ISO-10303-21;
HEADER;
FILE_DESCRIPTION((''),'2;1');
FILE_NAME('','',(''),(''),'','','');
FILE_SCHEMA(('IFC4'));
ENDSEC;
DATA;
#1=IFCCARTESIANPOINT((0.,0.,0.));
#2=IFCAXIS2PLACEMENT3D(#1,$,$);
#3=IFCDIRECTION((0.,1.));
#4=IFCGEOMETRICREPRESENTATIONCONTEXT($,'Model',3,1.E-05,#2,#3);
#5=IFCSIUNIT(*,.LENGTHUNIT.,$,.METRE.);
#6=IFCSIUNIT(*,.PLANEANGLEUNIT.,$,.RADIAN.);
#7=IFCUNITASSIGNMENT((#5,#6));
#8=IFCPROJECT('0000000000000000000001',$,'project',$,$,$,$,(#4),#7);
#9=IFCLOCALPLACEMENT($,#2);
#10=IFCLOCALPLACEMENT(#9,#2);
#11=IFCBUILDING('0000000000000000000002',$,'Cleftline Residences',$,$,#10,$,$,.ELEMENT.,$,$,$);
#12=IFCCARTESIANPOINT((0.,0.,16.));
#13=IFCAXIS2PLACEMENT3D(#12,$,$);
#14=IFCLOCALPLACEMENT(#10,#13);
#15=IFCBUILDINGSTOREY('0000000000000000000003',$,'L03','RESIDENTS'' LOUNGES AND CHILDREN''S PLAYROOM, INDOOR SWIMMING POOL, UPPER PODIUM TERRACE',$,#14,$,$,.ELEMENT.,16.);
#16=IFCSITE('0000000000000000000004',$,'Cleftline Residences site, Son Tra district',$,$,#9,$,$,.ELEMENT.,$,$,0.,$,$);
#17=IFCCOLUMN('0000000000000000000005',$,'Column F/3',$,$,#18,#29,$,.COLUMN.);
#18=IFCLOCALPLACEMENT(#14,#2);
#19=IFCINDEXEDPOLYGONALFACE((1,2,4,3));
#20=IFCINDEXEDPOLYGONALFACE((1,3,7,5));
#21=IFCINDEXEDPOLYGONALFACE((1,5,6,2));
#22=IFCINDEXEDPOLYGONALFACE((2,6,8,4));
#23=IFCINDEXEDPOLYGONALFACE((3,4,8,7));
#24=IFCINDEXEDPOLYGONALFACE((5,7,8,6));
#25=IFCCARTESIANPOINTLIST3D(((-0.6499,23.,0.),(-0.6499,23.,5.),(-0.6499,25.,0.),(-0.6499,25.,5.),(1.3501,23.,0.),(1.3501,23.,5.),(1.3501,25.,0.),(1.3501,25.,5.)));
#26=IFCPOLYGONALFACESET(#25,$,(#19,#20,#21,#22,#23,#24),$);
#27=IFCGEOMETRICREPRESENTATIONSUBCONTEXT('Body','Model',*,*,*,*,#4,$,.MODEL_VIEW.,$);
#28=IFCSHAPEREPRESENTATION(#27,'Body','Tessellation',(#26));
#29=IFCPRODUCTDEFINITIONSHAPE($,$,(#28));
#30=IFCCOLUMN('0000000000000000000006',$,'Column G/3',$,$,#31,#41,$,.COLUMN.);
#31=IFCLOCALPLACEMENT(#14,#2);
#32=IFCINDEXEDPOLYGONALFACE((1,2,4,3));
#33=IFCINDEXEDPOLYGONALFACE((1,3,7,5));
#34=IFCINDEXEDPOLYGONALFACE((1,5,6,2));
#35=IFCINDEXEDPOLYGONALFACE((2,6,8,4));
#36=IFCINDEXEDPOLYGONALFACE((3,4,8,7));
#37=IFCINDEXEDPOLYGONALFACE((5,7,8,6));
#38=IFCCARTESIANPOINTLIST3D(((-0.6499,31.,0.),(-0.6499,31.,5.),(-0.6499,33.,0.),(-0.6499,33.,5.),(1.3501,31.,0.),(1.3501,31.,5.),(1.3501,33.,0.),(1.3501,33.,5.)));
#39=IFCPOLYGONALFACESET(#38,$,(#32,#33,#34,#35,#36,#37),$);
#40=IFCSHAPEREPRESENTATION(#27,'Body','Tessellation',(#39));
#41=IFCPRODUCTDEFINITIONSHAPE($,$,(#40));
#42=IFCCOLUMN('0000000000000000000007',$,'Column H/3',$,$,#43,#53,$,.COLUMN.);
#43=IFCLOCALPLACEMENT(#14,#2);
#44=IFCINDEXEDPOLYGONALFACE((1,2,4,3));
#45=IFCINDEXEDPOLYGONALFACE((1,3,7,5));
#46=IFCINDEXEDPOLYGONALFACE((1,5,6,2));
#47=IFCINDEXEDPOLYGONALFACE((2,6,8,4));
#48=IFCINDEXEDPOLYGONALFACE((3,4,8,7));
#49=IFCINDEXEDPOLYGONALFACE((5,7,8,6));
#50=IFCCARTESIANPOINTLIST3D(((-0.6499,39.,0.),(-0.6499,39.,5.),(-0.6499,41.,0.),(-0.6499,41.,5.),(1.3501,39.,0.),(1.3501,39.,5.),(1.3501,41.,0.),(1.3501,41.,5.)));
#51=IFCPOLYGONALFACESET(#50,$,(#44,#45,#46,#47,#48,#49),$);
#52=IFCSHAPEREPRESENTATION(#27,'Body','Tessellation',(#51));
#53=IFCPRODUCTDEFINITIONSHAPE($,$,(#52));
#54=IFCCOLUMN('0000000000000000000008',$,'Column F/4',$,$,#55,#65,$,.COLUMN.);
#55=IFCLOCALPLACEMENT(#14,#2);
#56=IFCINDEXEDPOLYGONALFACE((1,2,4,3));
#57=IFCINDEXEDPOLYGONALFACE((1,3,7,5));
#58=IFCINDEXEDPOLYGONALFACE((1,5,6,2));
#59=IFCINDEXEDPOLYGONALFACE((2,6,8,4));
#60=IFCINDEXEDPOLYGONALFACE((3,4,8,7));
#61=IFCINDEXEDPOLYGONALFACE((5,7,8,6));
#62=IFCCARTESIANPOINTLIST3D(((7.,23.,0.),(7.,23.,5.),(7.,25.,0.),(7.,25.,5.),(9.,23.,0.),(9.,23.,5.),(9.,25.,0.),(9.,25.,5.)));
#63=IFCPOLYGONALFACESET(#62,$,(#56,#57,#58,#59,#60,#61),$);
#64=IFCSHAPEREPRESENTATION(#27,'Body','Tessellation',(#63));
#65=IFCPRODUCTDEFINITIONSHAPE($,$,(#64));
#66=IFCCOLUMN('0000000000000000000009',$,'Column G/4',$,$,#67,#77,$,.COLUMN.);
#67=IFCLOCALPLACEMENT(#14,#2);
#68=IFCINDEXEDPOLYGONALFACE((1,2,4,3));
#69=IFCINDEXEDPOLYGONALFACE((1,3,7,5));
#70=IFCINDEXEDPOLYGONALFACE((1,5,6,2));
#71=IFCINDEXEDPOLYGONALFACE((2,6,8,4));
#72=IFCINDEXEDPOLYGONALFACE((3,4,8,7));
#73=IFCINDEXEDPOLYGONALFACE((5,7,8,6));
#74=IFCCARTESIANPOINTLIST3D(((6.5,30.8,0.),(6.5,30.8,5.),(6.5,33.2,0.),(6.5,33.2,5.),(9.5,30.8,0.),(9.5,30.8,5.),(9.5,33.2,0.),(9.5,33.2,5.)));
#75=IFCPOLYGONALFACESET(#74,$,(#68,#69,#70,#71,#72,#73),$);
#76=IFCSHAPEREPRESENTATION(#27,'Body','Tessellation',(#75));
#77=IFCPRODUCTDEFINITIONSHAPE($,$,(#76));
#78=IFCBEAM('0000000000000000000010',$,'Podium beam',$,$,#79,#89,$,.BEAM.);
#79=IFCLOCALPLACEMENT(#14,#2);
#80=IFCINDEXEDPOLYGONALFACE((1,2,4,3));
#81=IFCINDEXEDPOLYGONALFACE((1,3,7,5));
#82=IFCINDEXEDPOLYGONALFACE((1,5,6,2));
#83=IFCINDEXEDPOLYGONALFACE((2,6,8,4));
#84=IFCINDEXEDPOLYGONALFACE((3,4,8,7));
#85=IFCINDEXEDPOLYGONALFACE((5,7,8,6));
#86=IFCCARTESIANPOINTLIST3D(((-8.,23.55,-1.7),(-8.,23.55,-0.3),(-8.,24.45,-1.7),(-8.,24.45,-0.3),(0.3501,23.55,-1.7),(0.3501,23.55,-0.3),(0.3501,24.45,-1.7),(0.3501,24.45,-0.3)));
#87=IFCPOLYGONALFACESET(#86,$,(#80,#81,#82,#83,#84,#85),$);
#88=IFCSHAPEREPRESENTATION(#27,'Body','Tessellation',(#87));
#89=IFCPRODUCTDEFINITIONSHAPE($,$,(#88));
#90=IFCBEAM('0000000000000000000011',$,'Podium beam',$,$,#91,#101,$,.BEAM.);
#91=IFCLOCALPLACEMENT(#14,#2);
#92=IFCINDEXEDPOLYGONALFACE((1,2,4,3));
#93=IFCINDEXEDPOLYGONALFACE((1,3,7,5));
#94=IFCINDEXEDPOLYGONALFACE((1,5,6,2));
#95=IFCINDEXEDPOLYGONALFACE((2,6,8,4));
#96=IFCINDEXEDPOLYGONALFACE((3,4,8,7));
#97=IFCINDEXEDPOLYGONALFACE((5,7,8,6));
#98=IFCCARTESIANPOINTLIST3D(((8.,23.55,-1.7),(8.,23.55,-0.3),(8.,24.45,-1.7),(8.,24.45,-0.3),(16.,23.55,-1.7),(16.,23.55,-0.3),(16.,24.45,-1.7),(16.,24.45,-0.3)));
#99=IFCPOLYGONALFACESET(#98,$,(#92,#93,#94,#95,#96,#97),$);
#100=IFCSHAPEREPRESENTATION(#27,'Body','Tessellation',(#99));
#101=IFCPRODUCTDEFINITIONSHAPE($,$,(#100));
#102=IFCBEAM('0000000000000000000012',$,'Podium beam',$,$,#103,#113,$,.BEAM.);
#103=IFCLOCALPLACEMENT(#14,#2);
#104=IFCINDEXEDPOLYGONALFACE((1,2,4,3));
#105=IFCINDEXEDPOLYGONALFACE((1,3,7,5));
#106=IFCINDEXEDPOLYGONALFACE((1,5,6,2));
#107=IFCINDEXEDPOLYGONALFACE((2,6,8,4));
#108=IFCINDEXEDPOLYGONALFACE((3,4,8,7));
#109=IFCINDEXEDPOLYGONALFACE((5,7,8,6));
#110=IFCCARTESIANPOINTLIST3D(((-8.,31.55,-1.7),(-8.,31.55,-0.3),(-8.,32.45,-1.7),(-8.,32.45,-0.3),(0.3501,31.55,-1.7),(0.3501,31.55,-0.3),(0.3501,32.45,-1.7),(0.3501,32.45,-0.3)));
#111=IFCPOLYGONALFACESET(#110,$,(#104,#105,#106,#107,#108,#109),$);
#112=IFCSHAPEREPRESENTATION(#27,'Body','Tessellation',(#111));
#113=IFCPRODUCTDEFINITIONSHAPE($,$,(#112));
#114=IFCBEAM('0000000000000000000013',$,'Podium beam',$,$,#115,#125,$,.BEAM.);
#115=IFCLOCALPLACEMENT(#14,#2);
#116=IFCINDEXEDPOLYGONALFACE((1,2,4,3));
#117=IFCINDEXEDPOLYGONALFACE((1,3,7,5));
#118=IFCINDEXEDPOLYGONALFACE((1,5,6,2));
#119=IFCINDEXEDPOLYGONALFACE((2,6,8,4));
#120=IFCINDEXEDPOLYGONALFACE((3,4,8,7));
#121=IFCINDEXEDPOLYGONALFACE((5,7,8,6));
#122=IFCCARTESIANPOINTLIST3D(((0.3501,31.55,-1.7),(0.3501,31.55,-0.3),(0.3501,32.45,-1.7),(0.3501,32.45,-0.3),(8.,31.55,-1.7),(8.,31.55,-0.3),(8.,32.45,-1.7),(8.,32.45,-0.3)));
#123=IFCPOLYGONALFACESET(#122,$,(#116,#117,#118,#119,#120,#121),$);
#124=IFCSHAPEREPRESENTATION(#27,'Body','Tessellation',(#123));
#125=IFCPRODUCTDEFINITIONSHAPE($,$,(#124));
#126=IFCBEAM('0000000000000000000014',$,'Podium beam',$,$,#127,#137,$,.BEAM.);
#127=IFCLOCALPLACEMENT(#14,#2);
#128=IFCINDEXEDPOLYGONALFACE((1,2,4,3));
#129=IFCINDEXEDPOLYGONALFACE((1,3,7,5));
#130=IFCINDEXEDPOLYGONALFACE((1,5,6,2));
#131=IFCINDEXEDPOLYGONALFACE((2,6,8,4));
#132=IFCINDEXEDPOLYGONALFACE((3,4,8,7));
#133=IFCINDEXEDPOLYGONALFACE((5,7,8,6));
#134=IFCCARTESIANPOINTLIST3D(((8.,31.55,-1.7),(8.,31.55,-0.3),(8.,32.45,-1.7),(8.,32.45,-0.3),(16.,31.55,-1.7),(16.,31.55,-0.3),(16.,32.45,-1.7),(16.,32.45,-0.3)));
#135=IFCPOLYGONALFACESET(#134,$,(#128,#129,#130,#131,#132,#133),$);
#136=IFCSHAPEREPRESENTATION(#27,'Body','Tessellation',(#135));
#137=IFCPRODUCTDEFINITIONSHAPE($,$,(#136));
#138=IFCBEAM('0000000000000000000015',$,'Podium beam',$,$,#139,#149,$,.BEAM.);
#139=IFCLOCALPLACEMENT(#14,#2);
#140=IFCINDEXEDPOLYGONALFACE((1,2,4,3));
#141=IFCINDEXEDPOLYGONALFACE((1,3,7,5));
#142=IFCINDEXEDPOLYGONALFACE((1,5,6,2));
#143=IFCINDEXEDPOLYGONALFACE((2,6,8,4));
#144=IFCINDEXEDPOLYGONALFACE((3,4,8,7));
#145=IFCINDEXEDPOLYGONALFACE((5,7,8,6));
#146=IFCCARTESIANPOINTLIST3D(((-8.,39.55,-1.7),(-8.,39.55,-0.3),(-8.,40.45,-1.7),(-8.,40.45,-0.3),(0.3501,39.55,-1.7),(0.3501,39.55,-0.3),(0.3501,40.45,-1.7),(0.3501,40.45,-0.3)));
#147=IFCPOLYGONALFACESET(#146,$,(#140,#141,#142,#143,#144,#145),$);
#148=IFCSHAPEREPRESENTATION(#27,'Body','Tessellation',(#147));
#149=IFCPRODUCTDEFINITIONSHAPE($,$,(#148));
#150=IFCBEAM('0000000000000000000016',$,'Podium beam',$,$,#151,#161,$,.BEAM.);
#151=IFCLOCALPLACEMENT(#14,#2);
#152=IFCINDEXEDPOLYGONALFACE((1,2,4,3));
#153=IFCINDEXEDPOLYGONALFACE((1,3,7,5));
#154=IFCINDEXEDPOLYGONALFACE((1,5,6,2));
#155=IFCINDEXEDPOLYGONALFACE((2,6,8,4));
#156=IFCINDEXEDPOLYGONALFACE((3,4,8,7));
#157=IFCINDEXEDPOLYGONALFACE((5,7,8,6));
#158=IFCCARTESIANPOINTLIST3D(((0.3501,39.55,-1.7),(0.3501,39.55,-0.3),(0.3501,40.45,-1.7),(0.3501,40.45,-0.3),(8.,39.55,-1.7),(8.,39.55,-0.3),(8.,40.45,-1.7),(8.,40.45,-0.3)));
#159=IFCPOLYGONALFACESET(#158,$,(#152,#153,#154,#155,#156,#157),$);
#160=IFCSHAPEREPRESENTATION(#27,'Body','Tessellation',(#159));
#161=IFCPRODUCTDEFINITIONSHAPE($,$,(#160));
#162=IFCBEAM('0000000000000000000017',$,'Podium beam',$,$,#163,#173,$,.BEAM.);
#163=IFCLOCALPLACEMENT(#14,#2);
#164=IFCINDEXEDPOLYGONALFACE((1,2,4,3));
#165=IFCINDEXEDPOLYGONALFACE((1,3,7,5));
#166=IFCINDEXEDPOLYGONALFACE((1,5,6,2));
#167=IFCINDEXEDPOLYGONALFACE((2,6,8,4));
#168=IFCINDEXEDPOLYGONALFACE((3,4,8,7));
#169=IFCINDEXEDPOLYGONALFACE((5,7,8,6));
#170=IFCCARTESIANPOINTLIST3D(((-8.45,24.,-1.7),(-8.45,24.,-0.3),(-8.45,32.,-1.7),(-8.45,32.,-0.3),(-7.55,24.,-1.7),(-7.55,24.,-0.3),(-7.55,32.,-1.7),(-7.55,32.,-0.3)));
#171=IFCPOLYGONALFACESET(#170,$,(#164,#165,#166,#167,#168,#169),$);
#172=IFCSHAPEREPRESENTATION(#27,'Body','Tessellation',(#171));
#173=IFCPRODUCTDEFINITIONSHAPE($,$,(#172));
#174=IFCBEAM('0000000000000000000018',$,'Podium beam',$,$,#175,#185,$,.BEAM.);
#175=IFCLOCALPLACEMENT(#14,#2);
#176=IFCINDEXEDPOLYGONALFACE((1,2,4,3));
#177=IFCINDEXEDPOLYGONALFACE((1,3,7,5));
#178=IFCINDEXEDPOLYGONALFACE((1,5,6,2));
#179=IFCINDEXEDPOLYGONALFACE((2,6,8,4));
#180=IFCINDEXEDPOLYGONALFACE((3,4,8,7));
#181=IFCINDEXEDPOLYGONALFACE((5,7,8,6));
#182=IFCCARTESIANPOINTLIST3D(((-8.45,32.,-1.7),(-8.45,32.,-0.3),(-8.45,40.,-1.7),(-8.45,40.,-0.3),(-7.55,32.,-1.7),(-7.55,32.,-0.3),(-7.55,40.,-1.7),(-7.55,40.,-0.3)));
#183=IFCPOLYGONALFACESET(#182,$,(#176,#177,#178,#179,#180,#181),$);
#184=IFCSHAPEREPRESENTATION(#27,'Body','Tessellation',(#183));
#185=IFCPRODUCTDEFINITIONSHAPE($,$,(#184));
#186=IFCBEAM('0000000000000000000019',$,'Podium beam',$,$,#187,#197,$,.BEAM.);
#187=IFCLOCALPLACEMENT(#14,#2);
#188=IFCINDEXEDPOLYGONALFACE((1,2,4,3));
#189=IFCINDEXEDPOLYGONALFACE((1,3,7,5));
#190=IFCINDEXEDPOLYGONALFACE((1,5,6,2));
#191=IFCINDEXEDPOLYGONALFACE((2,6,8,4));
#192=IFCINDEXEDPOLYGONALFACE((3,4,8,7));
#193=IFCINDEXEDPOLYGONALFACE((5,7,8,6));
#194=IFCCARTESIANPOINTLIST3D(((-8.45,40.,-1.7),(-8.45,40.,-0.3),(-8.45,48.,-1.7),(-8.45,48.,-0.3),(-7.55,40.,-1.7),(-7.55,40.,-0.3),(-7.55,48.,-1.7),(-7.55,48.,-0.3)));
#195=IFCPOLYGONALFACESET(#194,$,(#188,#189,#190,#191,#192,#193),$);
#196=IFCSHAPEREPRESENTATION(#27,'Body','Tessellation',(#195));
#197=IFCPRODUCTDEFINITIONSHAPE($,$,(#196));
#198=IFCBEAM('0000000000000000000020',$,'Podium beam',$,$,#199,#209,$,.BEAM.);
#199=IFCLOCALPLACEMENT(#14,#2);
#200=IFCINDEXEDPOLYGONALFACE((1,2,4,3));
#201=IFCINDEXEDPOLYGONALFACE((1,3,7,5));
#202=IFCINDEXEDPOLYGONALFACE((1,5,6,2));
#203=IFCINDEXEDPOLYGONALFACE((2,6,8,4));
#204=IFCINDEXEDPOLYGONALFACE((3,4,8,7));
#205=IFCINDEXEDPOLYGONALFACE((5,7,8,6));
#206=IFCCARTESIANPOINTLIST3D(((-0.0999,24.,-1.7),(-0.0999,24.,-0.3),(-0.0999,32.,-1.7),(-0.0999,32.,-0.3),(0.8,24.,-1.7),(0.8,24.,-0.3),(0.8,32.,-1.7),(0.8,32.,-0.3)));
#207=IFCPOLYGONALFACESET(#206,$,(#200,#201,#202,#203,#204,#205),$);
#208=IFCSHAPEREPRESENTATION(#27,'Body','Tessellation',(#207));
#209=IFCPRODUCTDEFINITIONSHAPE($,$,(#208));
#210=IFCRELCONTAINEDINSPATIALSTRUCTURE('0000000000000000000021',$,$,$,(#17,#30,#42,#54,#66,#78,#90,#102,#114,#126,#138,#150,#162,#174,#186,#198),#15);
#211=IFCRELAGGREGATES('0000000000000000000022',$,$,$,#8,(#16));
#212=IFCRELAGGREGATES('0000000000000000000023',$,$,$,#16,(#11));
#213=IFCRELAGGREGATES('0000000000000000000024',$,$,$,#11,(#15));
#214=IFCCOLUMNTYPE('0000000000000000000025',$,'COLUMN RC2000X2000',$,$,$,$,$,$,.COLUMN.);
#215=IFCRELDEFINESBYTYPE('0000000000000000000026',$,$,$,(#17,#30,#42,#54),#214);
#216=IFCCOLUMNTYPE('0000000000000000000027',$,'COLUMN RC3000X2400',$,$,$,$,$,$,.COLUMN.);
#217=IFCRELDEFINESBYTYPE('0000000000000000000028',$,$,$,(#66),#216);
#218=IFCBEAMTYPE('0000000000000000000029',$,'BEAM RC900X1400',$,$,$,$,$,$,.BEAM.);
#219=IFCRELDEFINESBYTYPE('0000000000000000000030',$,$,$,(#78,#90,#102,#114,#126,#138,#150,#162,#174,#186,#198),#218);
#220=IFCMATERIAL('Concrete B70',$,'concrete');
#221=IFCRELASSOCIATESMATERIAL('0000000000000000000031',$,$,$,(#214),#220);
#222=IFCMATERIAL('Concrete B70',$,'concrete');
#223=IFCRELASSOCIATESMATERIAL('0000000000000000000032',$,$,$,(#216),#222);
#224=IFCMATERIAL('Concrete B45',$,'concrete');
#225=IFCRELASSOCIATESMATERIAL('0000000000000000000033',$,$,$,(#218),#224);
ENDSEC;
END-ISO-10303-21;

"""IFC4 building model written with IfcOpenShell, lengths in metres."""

from ifc_helpers import new_model, si_unit, direction, frame, origin, origin_2d, place, context, subcontext, project, spatial, rectangle, extrude, material, material_profile, profile_set, type_object, element, save


model = new_model("IFC4")

# Units and contexts
model_context = context("Model", 3, precision=1e-05, world=origin(), true_north=direction((0.0, 1.0)))
body_context = subcontext(model_context, "Body", "Model", "MODEL_VIEW")
ifc_project = project(units=[si_unit("LENGTHUNIT", "METRE"), si_unit("PLANEANGLEUNIT", "RADIAN")], contexts=[model_context])

# Site, building, storey
site_placement = place(None, origin())
site = spatial("IfcSite", under=ifc_project, at=site_placement, Name="Cleftline Residences site, Son Tra district", CompositionType="ELEMENT", RefElevation=0.0)
building_placement = place(site_placement, origin())
building = spatial("IfcBuilding", under=site, at=building_placement, Name="Cleftline Residences", CompositionType="ELEMENT")
storey_placement = place(building_placement, frame((0.0, 0.0, 16.0)))
storey = spatial("IfcBuildingStorey", under=building, at=storey_placement, Name="L03", Description="RESIDENTS' LOUNGES AND CHILDREN'S PLAYROOM, INDOOR SWIMMING POOL, UPPER PODIUM TERRACE", CompositionType="ELEMENT", Elevation=16.0)

# Columns
ifc_material_1 = material(Name="Concrete B70", Category="concrete")
ifc_material_profile_1 = material_profile(ifc_material_1, rectangle(XDim=2.0, YDim=2.0, at=origin_2d()))
ifc_profile_set_1 = profile_set([ifc_material_profile_1], Name="Concrete B70")
column_type_1 = type_object("IfcColumnType", Name="COLUMN RC2000X2000", PredefinedType="COLUMN", material=ifc_profile_set_1)
for number, where, z_axis, x_axis, name in (
    (1, (0.3501, 24.0, 0.0), (0.0, 0.0, 1.0), (1.0, 0.0, 0.0), "Column F/3"),
    (2, (0.3501, 32.0, 0.0), (0.0, 0.0, 1.0), (1.0, 0.0, 0.0), "Column G/3"),
    (3, (0.3501, 40.0, 0.0), (0.0, 0.0, 1.0), (1.0, 0.0, 0.0), "Column H/3"),
    (4, (8.0, 24.0, 0.0), (0.0, 0.0, 1.0), (1.0, 0.0, 0.0), "Column F/4"),
):
    element("IfcColumn", number, at=place(storey_placement, frame(where, z_axis=z_axis, x_axis=x_axis)), inside=storey, type_object=column_type_1, Name=name, PredefinedType="COLUMN", context=body_context, shape_type="SweptSolid", body=[
        extrude(rectangle(XDim=2.0, YDim=2.0, at=origin_2d()), origin(), (0.0, 0.0, 1.0), 5.0),
    ])
ifc_material_2 = material(Name="Concrete B70", Category="concrete")
ifc_material_profile_2 = material_profile(ifc_material_2, rectangle(XDim=3.0, YDim=2.3999, at=origin_2d()))
ifc_profile_set_2 = profile_set([ifc_material_profile_2], Name="Concrete B70")
column_type_2 = type_object("IfcColumnType", Name="COLUMN RC3000X2400", PredefinedType="COLUMN", material=ifc_profile_set_2)
column_placement = place(storey_placement, frame((8.0, 32.0, 0.0), z_axis=(0.0, 0.0, 1.0), x_axis=(1.0, 0.0, 0.0)))
element("IfcColumn", 5, at=column_placement, inside=storey, type_object=column_type_2, Name="Column G/4", PredefinedType="COLUMN", context=body_context, shape_type="SweptSolid", body=[
    extrude(rectangle(XDim=3.0, YDim=2.3999, at=origin_2d()), origin(), (0.0, 0.0, 1.0), 5.0),
])

# Beams
ifc_material_3 = material(Name="Concrete B45", Category="concrete")
ifc_material_profile_3 = material_profile(ifc_material_3, rectangle(XDim=0.8999, YDim=1.3999, at=origin_2d()))
ifc_profile_set_3 = profile_set([ifc_material_profile_3], Name="Concrete B45")
beam_type = type_object("IfcBeamType", Name="BEAM RC900X1400", PredefinedType="BEAM", material=ifc_profile_set_3)
beam_1_placement = place(storey_placement, frame((-8.0, 24.0, -1.0), z_axis=(1.0, 0.0, 0.0), x_axis=(0.0, 1.0, 0.0)))
element("IfcBeam", 6, at=beam_1_placement, inside=storey, type_object=beam_type, Name="Podium beam", PredefinedType="BEAM", context=body_context, shape_type="SweptSolid", body=[
    extrude(rectangle(XDim=0.8999, YDim=1.3999, at=origin_2d()), origin(), (0.0, 0.0, 1.0), 8.3501),
])
beam_2_placement = place(storey_placement, frame((8.0, 24.0, -1.0), z_axis=(1.0, 0.0, 0.0), x_axis=(0.0, 1.0, 0.0)))
element("IfcBeam", 7, at=beam_2_placement, inside=storey, type_object=beam_type, Name="Podium beam", PredefinedType="BEAM", context=body_context, shape_type="SweptSolid", body=[
    extrude(rectangle(XDim=0.8999, YDim=1.3999, at=origin_2d()), origin(), (0.0, 0.0, 1.0), 8.0),
])
beam_3_placement = place(storey_placement, frame((-8.0, 32.0, -1.0), z_axis=(1.0, 0.0, 0.0), x_axis=(0.0, 1.0, 0.0)))
element("IfcBeam", 8, at=beam_3_placement, inside=storey, type_object=beam_type, Name="Podium beam", PredefinedType="BEAM", context=body_context, shape_type="SweptSolid", body=[
    extrude(rectangle(XDim=0.8999, YDim=1.3999, at=origin_2d()), origin(), (0.0, 0.0, 1.0), 8.3501),
])
beam_4_placement = place(storey_placement, frame((0.3501, 32.0, -1.0), z_axis=(1.0, 0.0, 0.0), x_axis=(0.0, 1.0, 0.0)))
element("IfcBeam", 9, at=beam_4_placement, inside=storey, type_object=beam_type, Name="Podium beam", PredefinedType="BEAM", context=body_context, shape_type="SweptSolid", body=[
    extrude(rectangle(XDim=0.8999, YDim=1.3999, at=origin_2d()), origin(), (0.0, 0.0, 1.0), 7.6499),
])
beam_5_placement = place(storey_placement, frame((8.0, 32.0, -1.0), z_axis=(1.0, 0.0, 0.0), x_axis=(0.0, 1.0, 0.0)))
element("IfcBeam", 10, at=beam_5_placement, inside=storey, type_object=beam_type, Name="Podium beam", PredefinedType="BEAM", context=body_context, shape_type="SweptSolid", body=[
    extrude(rectangle(XDim=0.8999, YDim=1.3999, at=origin_2d()), origin(), (0.0, 0.0, 1.0), 8.0),
])
beam_6_placement = place(storey_placement, frame((-8.0, 40.0, -1.0), z_axis=(1.0, 0.0, 0.0), x_axis=(0.0, 1.0, 0.0)))
element("IfcBeam", 11, at=beam_6_placement, inside=storey, type_object=beam_type, Name="Podium beam", PredefinedType="BEAM", context=body_context, shape_type="SweptSolid", body=[
    extrude(rectangle(XDim=0.8999, YDim=1.3999, at=origin_2d()), origin(), (0.0, 0.0, 1.0), 8.3501),
])
beam_7_placement = place(storey_placement, frame((0.3501, 40.0, -1.0), z_axis=(1.0, 0.0, 0.0), x_axis=(0.0, 1.0, 0.0)))
element("IfcBeam", 12, at=beam_7_placement, inside=storey, type_object=beam_type, Name="Podium beam", PredefinedType="BEAM", context=body_context, shape_type="SweptSolid", body=[
    extrude(rectangle(XDim=0.8999, YDim=1.3999, at=origin_2d()), origin(), (0.0, 0.0, 1.0), 7.6499),
])
for number, where, z_axis, x_axis, name in (
    (13, (-8.0, 24.0, -1.0), (0.0, 1.0, 0.0), (-1.0, 0.0, 0.0), "Podium beam"),
    (14, (-8.0, 32.0, -1.0), (0.0, 1.0, 0.0), (-1.0, 0.0, 0.0), "Podium beam"),
    (15, (-8.0, 40.0, -1.0), (0.0, 1.0, 0.0), (-1.0, 0.0, 0.0), "Podium beam"),
    (16, (0.3501, 24.0, -1.0), (0.0, 1.0, 0.0), (-1.0, 0.0, 0.0), "Podium beam"),
):
    element("IfcBeam", number, at=place(storey_placement, frame(where, z_axis=z_axis, x_axis=x_axis)), inside=storey, type_object=beam_type, Name=name, PredefinedType="BEAM", context=body_context, shape_type="SweptSolid", body=[
        extrude(rectangle(XDim=0.8999, YDim=1.3999, at=origin_2d()), origin(), (0.0, 0.0, 1.0), 8.0),
    ])

save(model, "model.ifc")
